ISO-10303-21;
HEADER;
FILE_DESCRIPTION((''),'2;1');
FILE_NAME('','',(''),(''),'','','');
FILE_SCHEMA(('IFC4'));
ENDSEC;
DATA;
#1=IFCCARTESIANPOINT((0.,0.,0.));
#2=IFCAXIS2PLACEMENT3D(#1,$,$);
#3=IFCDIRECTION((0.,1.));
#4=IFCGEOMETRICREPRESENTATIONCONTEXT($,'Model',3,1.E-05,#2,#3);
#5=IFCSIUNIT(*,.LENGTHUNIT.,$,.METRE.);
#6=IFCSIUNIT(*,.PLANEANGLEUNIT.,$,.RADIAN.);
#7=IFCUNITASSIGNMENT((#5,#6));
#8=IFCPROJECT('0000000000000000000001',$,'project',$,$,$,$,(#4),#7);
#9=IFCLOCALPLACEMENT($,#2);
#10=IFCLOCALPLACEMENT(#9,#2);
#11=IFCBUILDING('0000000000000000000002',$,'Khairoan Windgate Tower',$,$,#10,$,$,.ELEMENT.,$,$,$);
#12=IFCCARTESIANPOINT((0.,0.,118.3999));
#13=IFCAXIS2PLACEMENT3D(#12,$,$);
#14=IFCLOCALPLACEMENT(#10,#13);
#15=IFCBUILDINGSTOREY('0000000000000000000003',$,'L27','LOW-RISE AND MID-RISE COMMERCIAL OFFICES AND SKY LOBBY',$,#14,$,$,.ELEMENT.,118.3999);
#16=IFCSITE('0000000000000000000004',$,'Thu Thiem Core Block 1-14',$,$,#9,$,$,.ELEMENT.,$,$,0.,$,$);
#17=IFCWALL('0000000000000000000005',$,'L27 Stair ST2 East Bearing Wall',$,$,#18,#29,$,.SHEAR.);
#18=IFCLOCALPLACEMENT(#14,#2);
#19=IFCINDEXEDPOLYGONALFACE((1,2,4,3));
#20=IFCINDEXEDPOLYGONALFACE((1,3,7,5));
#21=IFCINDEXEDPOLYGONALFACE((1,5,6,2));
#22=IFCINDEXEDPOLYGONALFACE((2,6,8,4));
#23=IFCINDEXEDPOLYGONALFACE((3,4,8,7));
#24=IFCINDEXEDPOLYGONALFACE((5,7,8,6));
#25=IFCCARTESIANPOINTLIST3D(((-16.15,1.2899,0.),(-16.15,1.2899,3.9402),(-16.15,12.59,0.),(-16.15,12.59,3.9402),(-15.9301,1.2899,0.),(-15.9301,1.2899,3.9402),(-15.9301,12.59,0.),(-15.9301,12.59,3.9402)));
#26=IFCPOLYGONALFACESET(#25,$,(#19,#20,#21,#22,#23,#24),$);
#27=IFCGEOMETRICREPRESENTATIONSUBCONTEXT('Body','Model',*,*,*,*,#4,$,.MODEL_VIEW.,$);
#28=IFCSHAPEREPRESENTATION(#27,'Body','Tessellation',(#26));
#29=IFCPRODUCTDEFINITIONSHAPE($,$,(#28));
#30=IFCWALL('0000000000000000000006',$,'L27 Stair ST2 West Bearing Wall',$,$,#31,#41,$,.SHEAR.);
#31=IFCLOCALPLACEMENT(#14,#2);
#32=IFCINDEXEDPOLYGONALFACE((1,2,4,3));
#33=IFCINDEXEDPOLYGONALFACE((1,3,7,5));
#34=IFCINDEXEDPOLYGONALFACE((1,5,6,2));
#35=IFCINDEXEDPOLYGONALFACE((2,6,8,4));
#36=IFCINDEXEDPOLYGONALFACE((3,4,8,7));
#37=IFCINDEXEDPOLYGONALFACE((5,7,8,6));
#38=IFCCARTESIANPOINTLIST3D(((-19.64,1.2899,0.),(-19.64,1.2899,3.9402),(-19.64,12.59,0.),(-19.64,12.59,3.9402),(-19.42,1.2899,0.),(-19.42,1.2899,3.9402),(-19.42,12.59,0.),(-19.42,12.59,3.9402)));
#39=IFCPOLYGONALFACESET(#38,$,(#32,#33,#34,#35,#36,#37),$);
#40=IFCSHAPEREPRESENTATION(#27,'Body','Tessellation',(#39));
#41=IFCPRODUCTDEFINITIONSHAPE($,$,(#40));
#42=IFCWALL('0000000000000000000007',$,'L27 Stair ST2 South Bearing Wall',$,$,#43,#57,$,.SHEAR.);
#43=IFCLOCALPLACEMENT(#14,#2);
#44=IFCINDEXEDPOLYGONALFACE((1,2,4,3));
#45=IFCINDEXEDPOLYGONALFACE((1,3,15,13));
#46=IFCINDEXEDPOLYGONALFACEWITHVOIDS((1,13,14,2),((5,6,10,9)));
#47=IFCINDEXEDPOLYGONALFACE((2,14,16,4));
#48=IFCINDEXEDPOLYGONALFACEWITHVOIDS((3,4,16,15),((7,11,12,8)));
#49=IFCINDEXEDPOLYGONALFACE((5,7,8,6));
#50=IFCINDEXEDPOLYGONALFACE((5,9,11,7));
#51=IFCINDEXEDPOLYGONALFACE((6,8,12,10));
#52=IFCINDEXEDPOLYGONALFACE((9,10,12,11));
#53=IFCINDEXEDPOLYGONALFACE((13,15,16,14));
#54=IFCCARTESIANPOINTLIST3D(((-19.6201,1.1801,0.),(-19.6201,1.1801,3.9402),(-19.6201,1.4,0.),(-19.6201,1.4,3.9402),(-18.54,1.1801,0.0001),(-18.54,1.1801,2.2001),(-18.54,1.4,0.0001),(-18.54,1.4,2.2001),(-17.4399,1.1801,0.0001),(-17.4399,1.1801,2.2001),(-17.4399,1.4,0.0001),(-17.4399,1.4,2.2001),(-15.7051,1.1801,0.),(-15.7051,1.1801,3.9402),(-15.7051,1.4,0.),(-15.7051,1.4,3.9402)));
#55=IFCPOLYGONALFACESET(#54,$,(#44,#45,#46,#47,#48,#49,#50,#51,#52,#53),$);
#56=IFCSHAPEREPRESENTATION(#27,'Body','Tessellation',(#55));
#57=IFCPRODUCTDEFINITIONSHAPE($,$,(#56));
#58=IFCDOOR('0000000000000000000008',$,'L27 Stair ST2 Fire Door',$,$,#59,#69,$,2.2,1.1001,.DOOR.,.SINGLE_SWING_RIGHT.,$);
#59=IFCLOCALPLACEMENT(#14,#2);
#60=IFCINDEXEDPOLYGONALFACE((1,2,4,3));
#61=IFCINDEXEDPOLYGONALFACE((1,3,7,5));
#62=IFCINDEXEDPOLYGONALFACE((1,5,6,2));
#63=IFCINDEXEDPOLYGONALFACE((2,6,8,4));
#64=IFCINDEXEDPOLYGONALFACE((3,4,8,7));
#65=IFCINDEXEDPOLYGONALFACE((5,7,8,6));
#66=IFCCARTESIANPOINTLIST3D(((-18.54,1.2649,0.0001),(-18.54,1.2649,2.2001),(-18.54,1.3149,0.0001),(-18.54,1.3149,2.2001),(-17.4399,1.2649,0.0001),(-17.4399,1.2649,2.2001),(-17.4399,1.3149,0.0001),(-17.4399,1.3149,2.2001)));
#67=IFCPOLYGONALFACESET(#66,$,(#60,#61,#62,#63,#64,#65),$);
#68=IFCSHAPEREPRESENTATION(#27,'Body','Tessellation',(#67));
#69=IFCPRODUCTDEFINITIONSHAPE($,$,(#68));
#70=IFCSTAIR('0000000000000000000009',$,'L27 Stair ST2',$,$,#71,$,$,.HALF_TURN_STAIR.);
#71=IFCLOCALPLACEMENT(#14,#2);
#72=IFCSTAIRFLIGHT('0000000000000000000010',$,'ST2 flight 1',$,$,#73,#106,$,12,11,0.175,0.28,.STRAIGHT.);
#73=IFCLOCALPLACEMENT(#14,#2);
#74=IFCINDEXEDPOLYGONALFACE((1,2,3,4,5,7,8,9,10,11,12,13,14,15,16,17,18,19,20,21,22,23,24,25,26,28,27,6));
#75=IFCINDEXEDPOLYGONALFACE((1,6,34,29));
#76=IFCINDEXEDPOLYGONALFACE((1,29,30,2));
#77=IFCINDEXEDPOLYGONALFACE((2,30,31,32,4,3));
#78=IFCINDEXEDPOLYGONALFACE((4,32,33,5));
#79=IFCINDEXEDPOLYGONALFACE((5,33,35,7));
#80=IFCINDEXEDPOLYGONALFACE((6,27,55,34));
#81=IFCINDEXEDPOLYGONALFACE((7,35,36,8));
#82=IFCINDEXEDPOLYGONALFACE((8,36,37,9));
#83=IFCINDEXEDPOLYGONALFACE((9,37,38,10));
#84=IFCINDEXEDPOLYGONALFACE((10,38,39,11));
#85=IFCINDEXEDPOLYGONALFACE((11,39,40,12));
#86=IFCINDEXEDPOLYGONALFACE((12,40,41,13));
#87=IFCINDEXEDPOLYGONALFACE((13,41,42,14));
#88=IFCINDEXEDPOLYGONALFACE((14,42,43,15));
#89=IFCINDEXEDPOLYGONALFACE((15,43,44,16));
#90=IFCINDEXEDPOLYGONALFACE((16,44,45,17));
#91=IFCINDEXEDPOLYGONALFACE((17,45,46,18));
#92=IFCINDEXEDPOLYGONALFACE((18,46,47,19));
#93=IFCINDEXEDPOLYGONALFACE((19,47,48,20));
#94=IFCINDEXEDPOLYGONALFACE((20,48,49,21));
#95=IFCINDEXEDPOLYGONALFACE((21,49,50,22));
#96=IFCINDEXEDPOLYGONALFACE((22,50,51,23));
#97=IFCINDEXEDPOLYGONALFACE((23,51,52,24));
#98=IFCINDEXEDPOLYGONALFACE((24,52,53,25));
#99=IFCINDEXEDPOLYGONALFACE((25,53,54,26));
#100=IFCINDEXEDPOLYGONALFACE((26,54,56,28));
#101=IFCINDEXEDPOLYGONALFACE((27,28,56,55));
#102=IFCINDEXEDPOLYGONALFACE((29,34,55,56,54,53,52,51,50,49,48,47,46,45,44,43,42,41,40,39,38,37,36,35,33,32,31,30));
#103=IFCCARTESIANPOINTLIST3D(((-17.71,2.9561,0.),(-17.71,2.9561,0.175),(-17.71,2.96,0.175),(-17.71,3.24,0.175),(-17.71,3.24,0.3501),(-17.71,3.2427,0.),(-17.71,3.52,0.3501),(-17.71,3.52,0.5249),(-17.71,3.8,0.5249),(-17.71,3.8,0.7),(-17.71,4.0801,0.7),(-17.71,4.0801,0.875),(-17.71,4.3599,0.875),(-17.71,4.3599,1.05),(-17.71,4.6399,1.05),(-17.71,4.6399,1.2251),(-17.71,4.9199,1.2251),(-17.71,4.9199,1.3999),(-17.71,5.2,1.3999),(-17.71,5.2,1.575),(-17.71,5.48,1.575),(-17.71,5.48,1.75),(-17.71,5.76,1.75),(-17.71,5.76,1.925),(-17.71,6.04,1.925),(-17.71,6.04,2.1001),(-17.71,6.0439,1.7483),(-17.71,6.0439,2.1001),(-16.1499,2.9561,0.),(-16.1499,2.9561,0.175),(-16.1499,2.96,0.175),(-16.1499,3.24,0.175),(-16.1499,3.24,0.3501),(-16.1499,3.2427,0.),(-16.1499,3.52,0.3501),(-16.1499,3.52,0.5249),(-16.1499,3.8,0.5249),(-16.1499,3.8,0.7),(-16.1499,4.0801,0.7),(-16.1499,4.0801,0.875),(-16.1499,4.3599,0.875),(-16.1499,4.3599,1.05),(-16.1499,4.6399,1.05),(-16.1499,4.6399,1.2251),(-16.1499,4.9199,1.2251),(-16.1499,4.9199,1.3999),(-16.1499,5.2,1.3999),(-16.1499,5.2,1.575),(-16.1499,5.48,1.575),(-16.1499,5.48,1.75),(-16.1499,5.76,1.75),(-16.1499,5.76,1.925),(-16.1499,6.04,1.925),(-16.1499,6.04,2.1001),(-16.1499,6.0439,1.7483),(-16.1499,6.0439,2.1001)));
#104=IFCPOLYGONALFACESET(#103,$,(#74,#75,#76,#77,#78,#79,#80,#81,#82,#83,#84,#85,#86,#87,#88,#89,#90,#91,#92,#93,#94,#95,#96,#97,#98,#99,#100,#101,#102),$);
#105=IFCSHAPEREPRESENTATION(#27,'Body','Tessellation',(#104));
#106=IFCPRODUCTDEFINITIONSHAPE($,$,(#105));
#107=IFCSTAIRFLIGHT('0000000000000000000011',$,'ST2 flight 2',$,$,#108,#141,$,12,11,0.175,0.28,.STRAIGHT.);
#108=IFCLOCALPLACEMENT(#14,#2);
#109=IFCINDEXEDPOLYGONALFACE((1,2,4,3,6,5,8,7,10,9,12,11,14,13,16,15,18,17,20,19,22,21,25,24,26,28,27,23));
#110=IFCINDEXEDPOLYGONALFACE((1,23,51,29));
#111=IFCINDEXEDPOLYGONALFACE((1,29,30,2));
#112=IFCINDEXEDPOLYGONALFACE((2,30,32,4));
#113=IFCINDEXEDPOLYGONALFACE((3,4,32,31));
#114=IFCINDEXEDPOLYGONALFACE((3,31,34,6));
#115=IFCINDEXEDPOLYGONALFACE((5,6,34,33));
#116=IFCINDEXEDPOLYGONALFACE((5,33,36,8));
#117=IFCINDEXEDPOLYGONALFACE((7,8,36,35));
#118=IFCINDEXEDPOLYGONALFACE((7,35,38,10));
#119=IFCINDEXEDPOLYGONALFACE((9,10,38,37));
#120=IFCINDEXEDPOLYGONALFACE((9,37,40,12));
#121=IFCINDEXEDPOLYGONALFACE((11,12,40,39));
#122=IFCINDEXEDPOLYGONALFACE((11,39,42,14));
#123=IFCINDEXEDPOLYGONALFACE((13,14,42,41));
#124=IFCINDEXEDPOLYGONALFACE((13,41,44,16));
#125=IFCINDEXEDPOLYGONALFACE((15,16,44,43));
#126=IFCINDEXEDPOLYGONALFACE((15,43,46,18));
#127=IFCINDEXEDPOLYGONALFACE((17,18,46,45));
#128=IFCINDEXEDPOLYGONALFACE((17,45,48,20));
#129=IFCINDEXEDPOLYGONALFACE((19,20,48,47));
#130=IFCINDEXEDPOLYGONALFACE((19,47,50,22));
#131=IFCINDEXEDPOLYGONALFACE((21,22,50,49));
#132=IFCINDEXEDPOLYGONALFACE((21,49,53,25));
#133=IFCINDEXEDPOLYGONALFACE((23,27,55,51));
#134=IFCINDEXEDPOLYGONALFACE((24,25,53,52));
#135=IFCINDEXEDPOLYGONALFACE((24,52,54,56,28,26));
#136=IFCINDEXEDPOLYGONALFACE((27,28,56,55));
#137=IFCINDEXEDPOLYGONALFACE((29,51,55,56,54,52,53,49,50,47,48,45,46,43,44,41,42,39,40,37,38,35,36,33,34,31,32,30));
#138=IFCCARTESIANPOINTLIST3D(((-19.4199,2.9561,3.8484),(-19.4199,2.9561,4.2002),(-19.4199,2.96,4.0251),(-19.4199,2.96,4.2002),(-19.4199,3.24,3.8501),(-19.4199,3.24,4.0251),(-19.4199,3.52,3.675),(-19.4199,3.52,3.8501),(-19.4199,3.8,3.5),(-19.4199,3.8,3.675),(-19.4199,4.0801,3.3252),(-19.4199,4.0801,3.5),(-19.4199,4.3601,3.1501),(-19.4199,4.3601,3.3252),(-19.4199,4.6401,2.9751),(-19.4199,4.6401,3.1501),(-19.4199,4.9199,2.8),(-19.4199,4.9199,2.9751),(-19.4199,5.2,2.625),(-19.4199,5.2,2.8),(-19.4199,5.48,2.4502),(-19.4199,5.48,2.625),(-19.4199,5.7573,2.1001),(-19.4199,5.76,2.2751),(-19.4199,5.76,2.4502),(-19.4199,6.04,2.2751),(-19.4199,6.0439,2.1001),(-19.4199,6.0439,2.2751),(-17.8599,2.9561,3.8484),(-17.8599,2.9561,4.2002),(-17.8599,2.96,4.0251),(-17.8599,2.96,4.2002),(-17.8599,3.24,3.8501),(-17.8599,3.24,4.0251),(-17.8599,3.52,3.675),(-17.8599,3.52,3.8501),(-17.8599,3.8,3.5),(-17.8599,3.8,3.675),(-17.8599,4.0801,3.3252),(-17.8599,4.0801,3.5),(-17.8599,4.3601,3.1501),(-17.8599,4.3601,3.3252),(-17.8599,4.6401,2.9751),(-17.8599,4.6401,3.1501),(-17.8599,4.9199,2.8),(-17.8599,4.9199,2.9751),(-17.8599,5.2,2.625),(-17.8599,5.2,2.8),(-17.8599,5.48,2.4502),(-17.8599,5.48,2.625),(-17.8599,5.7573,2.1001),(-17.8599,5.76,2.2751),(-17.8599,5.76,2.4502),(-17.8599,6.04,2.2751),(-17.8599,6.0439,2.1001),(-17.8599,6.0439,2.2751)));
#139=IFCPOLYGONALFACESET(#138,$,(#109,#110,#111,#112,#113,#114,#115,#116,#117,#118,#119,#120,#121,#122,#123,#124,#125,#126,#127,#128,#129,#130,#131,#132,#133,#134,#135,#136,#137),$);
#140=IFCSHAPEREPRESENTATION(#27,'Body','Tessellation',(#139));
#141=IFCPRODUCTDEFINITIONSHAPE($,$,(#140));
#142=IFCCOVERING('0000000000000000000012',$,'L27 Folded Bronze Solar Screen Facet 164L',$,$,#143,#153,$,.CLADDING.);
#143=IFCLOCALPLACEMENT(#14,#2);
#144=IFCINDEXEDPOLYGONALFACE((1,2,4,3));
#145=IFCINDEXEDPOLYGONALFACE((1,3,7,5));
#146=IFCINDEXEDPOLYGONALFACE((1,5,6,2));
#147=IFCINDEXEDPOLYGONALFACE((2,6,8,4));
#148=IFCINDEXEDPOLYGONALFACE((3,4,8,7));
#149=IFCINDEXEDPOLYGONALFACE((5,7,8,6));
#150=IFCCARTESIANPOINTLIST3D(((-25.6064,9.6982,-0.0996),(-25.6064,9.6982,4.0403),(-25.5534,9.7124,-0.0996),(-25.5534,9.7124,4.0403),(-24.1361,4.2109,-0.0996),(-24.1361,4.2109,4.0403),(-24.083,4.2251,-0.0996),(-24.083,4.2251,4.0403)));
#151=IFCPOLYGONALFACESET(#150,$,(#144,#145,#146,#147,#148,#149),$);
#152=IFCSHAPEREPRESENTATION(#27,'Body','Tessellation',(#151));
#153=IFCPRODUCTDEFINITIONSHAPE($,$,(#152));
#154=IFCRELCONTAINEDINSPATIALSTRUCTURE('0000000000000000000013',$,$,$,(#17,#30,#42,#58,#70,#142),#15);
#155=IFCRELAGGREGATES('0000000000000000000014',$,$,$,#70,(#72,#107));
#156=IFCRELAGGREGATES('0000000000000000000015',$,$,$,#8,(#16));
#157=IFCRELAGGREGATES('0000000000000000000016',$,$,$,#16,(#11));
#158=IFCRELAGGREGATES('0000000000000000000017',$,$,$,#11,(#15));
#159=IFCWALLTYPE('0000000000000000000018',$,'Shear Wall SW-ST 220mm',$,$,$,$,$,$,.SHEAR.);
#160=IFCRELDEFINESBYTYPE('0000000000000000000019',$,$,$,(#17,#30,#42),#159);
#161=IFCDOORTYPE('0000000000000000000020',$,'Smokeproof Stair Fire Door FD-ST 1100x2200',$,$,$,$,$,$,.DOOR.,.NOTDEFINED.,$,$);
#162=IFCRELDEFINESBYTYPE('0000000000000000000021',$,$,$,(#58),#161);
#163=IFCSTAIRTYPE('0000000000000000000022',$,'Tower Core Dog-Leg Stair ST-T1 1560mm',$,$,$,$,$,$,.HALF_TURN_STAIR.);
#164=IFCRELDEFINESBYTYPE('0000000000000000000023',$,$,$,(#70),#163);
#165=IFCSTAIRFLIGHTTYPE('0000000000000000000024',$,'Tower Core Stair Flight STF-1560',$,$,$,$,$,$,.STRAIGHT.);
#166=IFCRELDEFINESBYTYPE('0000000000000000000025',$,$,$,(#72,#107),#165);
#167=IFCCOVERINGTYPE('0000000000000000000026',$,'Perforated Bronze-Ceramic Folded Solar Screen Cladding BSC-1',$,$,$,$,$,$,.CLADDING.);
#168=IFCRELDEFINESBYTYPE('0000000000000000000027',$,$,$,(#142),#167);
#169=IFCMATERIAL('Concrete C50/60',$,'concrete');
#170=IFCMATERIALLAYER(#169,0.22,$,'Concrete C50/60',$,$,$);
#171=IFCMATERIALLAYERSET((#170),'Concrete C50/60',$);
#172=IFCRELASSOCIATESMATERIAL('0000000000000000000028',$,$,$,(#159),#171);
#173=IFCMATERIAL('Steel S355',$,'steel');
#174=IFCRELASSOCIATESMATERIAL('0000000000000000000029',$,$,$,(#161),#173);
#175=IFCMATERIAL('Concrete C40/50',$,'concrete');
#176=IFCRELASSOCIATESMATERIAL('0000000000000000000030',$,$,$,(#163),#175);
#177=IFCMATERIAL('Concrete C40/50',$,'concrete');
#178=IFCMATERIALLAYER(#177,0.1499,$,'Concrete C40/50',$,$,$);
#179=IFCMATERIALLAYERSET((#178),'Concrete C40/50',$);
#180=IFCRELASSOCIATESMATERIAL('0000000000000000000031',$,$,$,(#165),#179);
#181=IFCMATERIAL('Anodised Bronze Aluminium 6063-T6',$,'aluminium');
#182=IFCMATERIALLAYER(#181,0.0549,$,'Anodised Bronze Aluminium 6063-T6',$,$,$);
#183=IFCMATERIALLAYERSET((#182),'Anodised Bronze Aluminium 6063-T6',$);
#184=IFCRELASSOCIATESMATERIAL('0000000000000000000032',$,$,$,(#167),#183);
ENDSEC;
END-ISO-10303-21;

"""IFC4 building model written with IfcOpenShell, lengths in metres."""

from ifc_helpers import new_model, si_unit, direction, frame, frame_2d, origin, origin_2d, place, context, subcontext, project, spatial, polyline, rectangle, outline, extrude, material, layer, layer_set, type_object, element, fill, aggregate, save


model = new_model("IFC4")

# Units and contexts
model_context = context("Model", 3, precision=1e-05, world=origin(), true_north=direction((0.0, 1.0)))
body_context = subcontext(model_context, "Body", "Model", "MODEL_VIEW")
ifc_project = project(units=[si_unit("LENGTHUNIT", "METRE"), si_unit("PLANEANGLEUNIT", "RADIAN")], contexts=[model_context])

# Site, building, storey
site_placement = place(None, origin())
site = spatial("IfcSite", under=ifc_project, at=site_placement, Name="Thu Thiem Core Block 1-14", CompositionType="ELEMENT", RefElevation=0.0)
building_placement = place(site_placement, origin())
building = spatial("IfcBuilding", under=site, at=building_placement, Name="Khairoan Windgate Tower", CompositionType="ELEMENT")
storey_placement = place(building_placement, frame((0.0, 0.0, 118.3999)))
storey = spatial("IfcBuildingStorey", under=building, at=storey_placement, Name="L27", Description="LOW-RISE AND MID-RISE COMMERCIAL OFFICES AND SKY LOBBY", CompositionType="ELEMENT", Elevation=118.3999)

# Walls
ifc_material_1 = material(Name="Concrete C50/60", Category="concrete")
ifc_layer_1 = layer(ifc_material_1, 0.22, Name="Concrete C50/60")
ifc_layer_set_1 = layer_set([ifc_layer_1], Name="Concrete C50/60")
wall_type_1 = type_object("IfcWallType", Name="Shear Wall SW-ST 220mm", PredefinedType="SHEAR", material=ifc_layer_set_1)
for number, where, z_axis, x_axis, name in (
    (1, (-16.04, 1.29, 0.0), (0.0, 0.0, 1.0), (0.0, 1.0, 0.0), "L27 Stair ST2 East Bearing Wall"),
    (2, (-19.53, 1.29, 0.0), (0.0, 0.0, 1.0), (0.0, 1.0, 0.0), "L27 Stair ST2 West Bearing Wall"),
):
    element("IfcWall", number, at=place(storey_placement, frame(where, z_axis=z_axis, x_axis=x_axis)), inside=storey, type_object=wall_type_1, Name=name, PredefinedType="SHEAR", context=body_context, shape_type="SweptSolid", body=[
        extrude(rectangle(XDim=11.3, YDim=0.22, at=frame_2d((5.6499, 0.0))), origin(), (0.0, 0.0, 1.0), 3.9402),
    ])

# Wall, opening, door
wall_1_placement = place(storey_placement, frame((-19.6201, 1.29, 0.0), z_axis=(0.0, 0.0, 1.0), x_axis=(1.0, 0.0, 0.0)))
wall_1 = element("IfcWall", 3, at=wall_1_placement, inside=storey, type_object=wall_type_1, Name="L27 Stair ST2 South Bearing Wall", PredefinedType="SHEAR", context=body_context, shape_type="SweptSolid", body=[
    extrude(rectangle(XDim=3.915, YDim=0.22, at=frame_2d((1.9575, 0.0))), origin(), (0.0, 0.0, 1.0), 3.9402),
])
opening_1_placement = place(wall_1_placement, frame((1.0801, 0.0, 0.0)))
opening_1 = element("IfcOpeningElement", 4, at=opening_1_placement, cuts=wall_1, PredefinedType="OPENING", context=body_context, shape_type="SweptSolid", body=[
    extrude(rectangle(XDim=1.1001, YDim=2.2, at=frame_2d((0.55, 1.1001))), frame((0.0, 0.1199, 0.0), z_axis=(0.0, -1.0, 0.0), x_axis=(1.0, 0.0, 0.0)), (0.0, 0.0, 1.0), 0.24),
])
ifc_material_2 = material(Name="Steel S355", Category="steel")
door_type_1 = type_object("IfcDoorType", Name="Smokeproof Stair Fire Door FD-ST 1100x2200", OperationType="NOTDEFINED", PredefinedType="DOOR", material=ifc_material_2)
door_1_placement = place(opening_1_placement, origin())
door_1 = element("IfcDoor", 5, at=door_1_placement, inside=storey, type_object=door_type_1, Name="L27 Stair ST2 Fire Door", OperationType="SINGLE_SWING_RIGHT", OverallHeight=2.2, OverallWidth=1.1001, PredefinedType="DOOR", context=body_context, shape_type="SweptSolid", body=[
    extrude(rectangle(XDim=1.1001, YDim=2.2, at=frame_2d((0.55, 1.1001))), frame((0.0, 0.0249, 0.0), z_axis=(0.0, -1.0, 0.0), x_axis=(1.0, 0.0, 0.0)), (0.0, 0.0, 1.0), 0.05),
])
fill(opening_1, door_1)

# Stair, stair flights
ifc_material_3 = material(Name="Concrete C40/50", Category="concrete")
stair_type = type_object("IfcStairType", Name="Tower Core Dog-Leg Stair ST-T1 1560mm", PredefinedType="HALF_TURN_STAIR", material=ifc_material_3)
stair_placement = place(storey_placement, origin())
stair = element("IfcStair", 6, at=stair_placement, inside=storey, type_object=stair_type, Name="L27 Stair ST2", PredefinedType="HALF_TURN_STAIR")
ifc_material_4 = material(Name="Concrete C40/50", Category="concrete")
ifc_layer_2 = layer(ifc_material_4, 0.1499, Name="Concrete C40/50")
ifc_layer_set_2 = layer_set([ifc_layer_2], Name="Concrete C40/50")
stair_flight_type = type_object("IfcStairFlightType", Name="Tower Core Stair Flight STF-1560", PredefinedType="STRAIGHT", material=ifc_layer_set_2)
stair_flight_1_placement = place(storey_placement, frame((-16.9299, 2.96, 0.0), z_axis=(0.0, 0.0, 1.0), x_axis=(0.0, 1.0, 0.0)))
stair_flight_1 = element("IfcStairFlight", 7, at=stair_flight_1_placement, type_object=stair_flight_type, Name="ST2 flight 1", NumberOfRisers=12, NumberOfTreads=11, PredefinedType="STRAIGHT", RiserHeight=0.175, TreadLength=0.28, context=body_context, shape_type="SweptSolid", body=[
    extrude(outline(polyline([(-0.0039, 0.0), (-0.0039, 0.175), (0.0, 0.175), (0.28, 0.175), (0.28, 0.3501), (0.5601, 0.3501), (0.5601, 0.5249), (0.8401, 0.5249), (0.8401, 0.7), (1.1201, 0.7), (1.1201, 0.875), (1.3999, 0.875), (1.3999, 1.05), (1.6799, 1.05), (1.6799, 1.2251), (1.96, 1.2251), (1.96, 1.3999), (2.24, 1.3999), (2.24, 1.575), (2.52, 1.575), (2.52, 1.75), (2.8, 1.75), (2.8, 1.925), (3.0801, 1.925), (3.0801, 2.1001), (3.084, 2.1001), (3.084, 1.7483), (0.2827, 0.0), (-0.0039, 0.0)])), frame((0.0, 0.78, 0.0), z_axis=(0.0, -1.0, 0.0), x_axis=(1.0, 0.0, 0.0)), (0.0, 0.0, 1.0), 1.5601),
])
stair_flight_2_placement = place(storey_placement, frame((-18.6399, 6.04, 2.1001), z_axis=(0.0, 0.0, 1.0), x_axis=(0.0, -1.0, 0.0)))
stair_flight_2 = element("IfcStairFlight", 8, at=stair_flight_2_placement, type_object=stair_flight_type, Name="ST2 flight 2", NumberOfRisers=12, NumberOfTreads=11, PredefinedType="STRAIGHT", RiserHeight=0.175, TreadLength=0.28, context=body_context, shape_type="SweptSolid", body=[
    extrude(outline(polyline([(-0.0039, 0.0), (-0.0039, 0.175), (0.0, 0.175), (0.28, 0.175), (0.28, 0.3501), (0.5601, 0.3501), (0.5601, 0.5249), (0.8401, 0.5249), (0.8401, 0.7), (1.1201, 0.7), (1.1201, 0.875), (1.3999, 0.875), (1.3999, 1.05), (1.6799, 1.05), (1.6799, 1.2251), (1.96, 1.2251), (1.96, 1.3999), (2.24, 1.3999), (2.24, 1.575), (2.52, 1.575), (2.52, 1.75), (2.8, 1.75), (2.8, 1.925), (3.0801, 1.925), (3.0801, 2.1001), (3.084, 2.1001), (3.084, 1.7483), (0.2827, 0.0), (-0.0039, 0.0)])), frame((0.0, 0.78, 0.0), z_axis=(0.0, -1.0, 0.0), x_axis=(1.0, 0.0, 0.0)), (0.0, 0.0, 1.0), 1.5601),
])
aggregate(stair, [stair_flight_1, stair_flight_2])

# Covering
ifc_material_5 = material(Name="Anodised Bronze Aluminium 6063-T6", Category="aluminium")
ifc_layer_3 = layer(ifc_material_5, 0.0549, Name="Anodised Bronze Aluminium 6063-T6")
ifc_layer_set_3 = layer_set([ifc_layer_3], Name="Anodised Bronze Aluminium 6063-T6")
covering_type = type_object("IfcCoveringType", Name="Perforated Bronze-Ceramic Folded Solar Screen Cladding BSC-1", PredefinedType="CLADDING", material=ifc_layer_set_3)
covering_placement = place(storey_placement, frame((-24.8447, 6.9617, -0.0996), z_axis=(0.0, 0.0, 1.0), x_axis=(-0.258819, 0.965926, 0.0)))
element("IfcCovering", 9, at=covering_placement, inside=storey, type_object=covering_type, Name="L27 Folded Bronze Solar Screen Facet 164L", PredefinedType="CLADDING", context=body_context, shape_type="SweptSolid", body=[
    extrude(rectangle(XDim=5.6809, YDim=0.0549, at=origin_2d()), origin(), (0.0, 0.0, 1.0), 4.1399),
])

save(model, "model.ifc")
